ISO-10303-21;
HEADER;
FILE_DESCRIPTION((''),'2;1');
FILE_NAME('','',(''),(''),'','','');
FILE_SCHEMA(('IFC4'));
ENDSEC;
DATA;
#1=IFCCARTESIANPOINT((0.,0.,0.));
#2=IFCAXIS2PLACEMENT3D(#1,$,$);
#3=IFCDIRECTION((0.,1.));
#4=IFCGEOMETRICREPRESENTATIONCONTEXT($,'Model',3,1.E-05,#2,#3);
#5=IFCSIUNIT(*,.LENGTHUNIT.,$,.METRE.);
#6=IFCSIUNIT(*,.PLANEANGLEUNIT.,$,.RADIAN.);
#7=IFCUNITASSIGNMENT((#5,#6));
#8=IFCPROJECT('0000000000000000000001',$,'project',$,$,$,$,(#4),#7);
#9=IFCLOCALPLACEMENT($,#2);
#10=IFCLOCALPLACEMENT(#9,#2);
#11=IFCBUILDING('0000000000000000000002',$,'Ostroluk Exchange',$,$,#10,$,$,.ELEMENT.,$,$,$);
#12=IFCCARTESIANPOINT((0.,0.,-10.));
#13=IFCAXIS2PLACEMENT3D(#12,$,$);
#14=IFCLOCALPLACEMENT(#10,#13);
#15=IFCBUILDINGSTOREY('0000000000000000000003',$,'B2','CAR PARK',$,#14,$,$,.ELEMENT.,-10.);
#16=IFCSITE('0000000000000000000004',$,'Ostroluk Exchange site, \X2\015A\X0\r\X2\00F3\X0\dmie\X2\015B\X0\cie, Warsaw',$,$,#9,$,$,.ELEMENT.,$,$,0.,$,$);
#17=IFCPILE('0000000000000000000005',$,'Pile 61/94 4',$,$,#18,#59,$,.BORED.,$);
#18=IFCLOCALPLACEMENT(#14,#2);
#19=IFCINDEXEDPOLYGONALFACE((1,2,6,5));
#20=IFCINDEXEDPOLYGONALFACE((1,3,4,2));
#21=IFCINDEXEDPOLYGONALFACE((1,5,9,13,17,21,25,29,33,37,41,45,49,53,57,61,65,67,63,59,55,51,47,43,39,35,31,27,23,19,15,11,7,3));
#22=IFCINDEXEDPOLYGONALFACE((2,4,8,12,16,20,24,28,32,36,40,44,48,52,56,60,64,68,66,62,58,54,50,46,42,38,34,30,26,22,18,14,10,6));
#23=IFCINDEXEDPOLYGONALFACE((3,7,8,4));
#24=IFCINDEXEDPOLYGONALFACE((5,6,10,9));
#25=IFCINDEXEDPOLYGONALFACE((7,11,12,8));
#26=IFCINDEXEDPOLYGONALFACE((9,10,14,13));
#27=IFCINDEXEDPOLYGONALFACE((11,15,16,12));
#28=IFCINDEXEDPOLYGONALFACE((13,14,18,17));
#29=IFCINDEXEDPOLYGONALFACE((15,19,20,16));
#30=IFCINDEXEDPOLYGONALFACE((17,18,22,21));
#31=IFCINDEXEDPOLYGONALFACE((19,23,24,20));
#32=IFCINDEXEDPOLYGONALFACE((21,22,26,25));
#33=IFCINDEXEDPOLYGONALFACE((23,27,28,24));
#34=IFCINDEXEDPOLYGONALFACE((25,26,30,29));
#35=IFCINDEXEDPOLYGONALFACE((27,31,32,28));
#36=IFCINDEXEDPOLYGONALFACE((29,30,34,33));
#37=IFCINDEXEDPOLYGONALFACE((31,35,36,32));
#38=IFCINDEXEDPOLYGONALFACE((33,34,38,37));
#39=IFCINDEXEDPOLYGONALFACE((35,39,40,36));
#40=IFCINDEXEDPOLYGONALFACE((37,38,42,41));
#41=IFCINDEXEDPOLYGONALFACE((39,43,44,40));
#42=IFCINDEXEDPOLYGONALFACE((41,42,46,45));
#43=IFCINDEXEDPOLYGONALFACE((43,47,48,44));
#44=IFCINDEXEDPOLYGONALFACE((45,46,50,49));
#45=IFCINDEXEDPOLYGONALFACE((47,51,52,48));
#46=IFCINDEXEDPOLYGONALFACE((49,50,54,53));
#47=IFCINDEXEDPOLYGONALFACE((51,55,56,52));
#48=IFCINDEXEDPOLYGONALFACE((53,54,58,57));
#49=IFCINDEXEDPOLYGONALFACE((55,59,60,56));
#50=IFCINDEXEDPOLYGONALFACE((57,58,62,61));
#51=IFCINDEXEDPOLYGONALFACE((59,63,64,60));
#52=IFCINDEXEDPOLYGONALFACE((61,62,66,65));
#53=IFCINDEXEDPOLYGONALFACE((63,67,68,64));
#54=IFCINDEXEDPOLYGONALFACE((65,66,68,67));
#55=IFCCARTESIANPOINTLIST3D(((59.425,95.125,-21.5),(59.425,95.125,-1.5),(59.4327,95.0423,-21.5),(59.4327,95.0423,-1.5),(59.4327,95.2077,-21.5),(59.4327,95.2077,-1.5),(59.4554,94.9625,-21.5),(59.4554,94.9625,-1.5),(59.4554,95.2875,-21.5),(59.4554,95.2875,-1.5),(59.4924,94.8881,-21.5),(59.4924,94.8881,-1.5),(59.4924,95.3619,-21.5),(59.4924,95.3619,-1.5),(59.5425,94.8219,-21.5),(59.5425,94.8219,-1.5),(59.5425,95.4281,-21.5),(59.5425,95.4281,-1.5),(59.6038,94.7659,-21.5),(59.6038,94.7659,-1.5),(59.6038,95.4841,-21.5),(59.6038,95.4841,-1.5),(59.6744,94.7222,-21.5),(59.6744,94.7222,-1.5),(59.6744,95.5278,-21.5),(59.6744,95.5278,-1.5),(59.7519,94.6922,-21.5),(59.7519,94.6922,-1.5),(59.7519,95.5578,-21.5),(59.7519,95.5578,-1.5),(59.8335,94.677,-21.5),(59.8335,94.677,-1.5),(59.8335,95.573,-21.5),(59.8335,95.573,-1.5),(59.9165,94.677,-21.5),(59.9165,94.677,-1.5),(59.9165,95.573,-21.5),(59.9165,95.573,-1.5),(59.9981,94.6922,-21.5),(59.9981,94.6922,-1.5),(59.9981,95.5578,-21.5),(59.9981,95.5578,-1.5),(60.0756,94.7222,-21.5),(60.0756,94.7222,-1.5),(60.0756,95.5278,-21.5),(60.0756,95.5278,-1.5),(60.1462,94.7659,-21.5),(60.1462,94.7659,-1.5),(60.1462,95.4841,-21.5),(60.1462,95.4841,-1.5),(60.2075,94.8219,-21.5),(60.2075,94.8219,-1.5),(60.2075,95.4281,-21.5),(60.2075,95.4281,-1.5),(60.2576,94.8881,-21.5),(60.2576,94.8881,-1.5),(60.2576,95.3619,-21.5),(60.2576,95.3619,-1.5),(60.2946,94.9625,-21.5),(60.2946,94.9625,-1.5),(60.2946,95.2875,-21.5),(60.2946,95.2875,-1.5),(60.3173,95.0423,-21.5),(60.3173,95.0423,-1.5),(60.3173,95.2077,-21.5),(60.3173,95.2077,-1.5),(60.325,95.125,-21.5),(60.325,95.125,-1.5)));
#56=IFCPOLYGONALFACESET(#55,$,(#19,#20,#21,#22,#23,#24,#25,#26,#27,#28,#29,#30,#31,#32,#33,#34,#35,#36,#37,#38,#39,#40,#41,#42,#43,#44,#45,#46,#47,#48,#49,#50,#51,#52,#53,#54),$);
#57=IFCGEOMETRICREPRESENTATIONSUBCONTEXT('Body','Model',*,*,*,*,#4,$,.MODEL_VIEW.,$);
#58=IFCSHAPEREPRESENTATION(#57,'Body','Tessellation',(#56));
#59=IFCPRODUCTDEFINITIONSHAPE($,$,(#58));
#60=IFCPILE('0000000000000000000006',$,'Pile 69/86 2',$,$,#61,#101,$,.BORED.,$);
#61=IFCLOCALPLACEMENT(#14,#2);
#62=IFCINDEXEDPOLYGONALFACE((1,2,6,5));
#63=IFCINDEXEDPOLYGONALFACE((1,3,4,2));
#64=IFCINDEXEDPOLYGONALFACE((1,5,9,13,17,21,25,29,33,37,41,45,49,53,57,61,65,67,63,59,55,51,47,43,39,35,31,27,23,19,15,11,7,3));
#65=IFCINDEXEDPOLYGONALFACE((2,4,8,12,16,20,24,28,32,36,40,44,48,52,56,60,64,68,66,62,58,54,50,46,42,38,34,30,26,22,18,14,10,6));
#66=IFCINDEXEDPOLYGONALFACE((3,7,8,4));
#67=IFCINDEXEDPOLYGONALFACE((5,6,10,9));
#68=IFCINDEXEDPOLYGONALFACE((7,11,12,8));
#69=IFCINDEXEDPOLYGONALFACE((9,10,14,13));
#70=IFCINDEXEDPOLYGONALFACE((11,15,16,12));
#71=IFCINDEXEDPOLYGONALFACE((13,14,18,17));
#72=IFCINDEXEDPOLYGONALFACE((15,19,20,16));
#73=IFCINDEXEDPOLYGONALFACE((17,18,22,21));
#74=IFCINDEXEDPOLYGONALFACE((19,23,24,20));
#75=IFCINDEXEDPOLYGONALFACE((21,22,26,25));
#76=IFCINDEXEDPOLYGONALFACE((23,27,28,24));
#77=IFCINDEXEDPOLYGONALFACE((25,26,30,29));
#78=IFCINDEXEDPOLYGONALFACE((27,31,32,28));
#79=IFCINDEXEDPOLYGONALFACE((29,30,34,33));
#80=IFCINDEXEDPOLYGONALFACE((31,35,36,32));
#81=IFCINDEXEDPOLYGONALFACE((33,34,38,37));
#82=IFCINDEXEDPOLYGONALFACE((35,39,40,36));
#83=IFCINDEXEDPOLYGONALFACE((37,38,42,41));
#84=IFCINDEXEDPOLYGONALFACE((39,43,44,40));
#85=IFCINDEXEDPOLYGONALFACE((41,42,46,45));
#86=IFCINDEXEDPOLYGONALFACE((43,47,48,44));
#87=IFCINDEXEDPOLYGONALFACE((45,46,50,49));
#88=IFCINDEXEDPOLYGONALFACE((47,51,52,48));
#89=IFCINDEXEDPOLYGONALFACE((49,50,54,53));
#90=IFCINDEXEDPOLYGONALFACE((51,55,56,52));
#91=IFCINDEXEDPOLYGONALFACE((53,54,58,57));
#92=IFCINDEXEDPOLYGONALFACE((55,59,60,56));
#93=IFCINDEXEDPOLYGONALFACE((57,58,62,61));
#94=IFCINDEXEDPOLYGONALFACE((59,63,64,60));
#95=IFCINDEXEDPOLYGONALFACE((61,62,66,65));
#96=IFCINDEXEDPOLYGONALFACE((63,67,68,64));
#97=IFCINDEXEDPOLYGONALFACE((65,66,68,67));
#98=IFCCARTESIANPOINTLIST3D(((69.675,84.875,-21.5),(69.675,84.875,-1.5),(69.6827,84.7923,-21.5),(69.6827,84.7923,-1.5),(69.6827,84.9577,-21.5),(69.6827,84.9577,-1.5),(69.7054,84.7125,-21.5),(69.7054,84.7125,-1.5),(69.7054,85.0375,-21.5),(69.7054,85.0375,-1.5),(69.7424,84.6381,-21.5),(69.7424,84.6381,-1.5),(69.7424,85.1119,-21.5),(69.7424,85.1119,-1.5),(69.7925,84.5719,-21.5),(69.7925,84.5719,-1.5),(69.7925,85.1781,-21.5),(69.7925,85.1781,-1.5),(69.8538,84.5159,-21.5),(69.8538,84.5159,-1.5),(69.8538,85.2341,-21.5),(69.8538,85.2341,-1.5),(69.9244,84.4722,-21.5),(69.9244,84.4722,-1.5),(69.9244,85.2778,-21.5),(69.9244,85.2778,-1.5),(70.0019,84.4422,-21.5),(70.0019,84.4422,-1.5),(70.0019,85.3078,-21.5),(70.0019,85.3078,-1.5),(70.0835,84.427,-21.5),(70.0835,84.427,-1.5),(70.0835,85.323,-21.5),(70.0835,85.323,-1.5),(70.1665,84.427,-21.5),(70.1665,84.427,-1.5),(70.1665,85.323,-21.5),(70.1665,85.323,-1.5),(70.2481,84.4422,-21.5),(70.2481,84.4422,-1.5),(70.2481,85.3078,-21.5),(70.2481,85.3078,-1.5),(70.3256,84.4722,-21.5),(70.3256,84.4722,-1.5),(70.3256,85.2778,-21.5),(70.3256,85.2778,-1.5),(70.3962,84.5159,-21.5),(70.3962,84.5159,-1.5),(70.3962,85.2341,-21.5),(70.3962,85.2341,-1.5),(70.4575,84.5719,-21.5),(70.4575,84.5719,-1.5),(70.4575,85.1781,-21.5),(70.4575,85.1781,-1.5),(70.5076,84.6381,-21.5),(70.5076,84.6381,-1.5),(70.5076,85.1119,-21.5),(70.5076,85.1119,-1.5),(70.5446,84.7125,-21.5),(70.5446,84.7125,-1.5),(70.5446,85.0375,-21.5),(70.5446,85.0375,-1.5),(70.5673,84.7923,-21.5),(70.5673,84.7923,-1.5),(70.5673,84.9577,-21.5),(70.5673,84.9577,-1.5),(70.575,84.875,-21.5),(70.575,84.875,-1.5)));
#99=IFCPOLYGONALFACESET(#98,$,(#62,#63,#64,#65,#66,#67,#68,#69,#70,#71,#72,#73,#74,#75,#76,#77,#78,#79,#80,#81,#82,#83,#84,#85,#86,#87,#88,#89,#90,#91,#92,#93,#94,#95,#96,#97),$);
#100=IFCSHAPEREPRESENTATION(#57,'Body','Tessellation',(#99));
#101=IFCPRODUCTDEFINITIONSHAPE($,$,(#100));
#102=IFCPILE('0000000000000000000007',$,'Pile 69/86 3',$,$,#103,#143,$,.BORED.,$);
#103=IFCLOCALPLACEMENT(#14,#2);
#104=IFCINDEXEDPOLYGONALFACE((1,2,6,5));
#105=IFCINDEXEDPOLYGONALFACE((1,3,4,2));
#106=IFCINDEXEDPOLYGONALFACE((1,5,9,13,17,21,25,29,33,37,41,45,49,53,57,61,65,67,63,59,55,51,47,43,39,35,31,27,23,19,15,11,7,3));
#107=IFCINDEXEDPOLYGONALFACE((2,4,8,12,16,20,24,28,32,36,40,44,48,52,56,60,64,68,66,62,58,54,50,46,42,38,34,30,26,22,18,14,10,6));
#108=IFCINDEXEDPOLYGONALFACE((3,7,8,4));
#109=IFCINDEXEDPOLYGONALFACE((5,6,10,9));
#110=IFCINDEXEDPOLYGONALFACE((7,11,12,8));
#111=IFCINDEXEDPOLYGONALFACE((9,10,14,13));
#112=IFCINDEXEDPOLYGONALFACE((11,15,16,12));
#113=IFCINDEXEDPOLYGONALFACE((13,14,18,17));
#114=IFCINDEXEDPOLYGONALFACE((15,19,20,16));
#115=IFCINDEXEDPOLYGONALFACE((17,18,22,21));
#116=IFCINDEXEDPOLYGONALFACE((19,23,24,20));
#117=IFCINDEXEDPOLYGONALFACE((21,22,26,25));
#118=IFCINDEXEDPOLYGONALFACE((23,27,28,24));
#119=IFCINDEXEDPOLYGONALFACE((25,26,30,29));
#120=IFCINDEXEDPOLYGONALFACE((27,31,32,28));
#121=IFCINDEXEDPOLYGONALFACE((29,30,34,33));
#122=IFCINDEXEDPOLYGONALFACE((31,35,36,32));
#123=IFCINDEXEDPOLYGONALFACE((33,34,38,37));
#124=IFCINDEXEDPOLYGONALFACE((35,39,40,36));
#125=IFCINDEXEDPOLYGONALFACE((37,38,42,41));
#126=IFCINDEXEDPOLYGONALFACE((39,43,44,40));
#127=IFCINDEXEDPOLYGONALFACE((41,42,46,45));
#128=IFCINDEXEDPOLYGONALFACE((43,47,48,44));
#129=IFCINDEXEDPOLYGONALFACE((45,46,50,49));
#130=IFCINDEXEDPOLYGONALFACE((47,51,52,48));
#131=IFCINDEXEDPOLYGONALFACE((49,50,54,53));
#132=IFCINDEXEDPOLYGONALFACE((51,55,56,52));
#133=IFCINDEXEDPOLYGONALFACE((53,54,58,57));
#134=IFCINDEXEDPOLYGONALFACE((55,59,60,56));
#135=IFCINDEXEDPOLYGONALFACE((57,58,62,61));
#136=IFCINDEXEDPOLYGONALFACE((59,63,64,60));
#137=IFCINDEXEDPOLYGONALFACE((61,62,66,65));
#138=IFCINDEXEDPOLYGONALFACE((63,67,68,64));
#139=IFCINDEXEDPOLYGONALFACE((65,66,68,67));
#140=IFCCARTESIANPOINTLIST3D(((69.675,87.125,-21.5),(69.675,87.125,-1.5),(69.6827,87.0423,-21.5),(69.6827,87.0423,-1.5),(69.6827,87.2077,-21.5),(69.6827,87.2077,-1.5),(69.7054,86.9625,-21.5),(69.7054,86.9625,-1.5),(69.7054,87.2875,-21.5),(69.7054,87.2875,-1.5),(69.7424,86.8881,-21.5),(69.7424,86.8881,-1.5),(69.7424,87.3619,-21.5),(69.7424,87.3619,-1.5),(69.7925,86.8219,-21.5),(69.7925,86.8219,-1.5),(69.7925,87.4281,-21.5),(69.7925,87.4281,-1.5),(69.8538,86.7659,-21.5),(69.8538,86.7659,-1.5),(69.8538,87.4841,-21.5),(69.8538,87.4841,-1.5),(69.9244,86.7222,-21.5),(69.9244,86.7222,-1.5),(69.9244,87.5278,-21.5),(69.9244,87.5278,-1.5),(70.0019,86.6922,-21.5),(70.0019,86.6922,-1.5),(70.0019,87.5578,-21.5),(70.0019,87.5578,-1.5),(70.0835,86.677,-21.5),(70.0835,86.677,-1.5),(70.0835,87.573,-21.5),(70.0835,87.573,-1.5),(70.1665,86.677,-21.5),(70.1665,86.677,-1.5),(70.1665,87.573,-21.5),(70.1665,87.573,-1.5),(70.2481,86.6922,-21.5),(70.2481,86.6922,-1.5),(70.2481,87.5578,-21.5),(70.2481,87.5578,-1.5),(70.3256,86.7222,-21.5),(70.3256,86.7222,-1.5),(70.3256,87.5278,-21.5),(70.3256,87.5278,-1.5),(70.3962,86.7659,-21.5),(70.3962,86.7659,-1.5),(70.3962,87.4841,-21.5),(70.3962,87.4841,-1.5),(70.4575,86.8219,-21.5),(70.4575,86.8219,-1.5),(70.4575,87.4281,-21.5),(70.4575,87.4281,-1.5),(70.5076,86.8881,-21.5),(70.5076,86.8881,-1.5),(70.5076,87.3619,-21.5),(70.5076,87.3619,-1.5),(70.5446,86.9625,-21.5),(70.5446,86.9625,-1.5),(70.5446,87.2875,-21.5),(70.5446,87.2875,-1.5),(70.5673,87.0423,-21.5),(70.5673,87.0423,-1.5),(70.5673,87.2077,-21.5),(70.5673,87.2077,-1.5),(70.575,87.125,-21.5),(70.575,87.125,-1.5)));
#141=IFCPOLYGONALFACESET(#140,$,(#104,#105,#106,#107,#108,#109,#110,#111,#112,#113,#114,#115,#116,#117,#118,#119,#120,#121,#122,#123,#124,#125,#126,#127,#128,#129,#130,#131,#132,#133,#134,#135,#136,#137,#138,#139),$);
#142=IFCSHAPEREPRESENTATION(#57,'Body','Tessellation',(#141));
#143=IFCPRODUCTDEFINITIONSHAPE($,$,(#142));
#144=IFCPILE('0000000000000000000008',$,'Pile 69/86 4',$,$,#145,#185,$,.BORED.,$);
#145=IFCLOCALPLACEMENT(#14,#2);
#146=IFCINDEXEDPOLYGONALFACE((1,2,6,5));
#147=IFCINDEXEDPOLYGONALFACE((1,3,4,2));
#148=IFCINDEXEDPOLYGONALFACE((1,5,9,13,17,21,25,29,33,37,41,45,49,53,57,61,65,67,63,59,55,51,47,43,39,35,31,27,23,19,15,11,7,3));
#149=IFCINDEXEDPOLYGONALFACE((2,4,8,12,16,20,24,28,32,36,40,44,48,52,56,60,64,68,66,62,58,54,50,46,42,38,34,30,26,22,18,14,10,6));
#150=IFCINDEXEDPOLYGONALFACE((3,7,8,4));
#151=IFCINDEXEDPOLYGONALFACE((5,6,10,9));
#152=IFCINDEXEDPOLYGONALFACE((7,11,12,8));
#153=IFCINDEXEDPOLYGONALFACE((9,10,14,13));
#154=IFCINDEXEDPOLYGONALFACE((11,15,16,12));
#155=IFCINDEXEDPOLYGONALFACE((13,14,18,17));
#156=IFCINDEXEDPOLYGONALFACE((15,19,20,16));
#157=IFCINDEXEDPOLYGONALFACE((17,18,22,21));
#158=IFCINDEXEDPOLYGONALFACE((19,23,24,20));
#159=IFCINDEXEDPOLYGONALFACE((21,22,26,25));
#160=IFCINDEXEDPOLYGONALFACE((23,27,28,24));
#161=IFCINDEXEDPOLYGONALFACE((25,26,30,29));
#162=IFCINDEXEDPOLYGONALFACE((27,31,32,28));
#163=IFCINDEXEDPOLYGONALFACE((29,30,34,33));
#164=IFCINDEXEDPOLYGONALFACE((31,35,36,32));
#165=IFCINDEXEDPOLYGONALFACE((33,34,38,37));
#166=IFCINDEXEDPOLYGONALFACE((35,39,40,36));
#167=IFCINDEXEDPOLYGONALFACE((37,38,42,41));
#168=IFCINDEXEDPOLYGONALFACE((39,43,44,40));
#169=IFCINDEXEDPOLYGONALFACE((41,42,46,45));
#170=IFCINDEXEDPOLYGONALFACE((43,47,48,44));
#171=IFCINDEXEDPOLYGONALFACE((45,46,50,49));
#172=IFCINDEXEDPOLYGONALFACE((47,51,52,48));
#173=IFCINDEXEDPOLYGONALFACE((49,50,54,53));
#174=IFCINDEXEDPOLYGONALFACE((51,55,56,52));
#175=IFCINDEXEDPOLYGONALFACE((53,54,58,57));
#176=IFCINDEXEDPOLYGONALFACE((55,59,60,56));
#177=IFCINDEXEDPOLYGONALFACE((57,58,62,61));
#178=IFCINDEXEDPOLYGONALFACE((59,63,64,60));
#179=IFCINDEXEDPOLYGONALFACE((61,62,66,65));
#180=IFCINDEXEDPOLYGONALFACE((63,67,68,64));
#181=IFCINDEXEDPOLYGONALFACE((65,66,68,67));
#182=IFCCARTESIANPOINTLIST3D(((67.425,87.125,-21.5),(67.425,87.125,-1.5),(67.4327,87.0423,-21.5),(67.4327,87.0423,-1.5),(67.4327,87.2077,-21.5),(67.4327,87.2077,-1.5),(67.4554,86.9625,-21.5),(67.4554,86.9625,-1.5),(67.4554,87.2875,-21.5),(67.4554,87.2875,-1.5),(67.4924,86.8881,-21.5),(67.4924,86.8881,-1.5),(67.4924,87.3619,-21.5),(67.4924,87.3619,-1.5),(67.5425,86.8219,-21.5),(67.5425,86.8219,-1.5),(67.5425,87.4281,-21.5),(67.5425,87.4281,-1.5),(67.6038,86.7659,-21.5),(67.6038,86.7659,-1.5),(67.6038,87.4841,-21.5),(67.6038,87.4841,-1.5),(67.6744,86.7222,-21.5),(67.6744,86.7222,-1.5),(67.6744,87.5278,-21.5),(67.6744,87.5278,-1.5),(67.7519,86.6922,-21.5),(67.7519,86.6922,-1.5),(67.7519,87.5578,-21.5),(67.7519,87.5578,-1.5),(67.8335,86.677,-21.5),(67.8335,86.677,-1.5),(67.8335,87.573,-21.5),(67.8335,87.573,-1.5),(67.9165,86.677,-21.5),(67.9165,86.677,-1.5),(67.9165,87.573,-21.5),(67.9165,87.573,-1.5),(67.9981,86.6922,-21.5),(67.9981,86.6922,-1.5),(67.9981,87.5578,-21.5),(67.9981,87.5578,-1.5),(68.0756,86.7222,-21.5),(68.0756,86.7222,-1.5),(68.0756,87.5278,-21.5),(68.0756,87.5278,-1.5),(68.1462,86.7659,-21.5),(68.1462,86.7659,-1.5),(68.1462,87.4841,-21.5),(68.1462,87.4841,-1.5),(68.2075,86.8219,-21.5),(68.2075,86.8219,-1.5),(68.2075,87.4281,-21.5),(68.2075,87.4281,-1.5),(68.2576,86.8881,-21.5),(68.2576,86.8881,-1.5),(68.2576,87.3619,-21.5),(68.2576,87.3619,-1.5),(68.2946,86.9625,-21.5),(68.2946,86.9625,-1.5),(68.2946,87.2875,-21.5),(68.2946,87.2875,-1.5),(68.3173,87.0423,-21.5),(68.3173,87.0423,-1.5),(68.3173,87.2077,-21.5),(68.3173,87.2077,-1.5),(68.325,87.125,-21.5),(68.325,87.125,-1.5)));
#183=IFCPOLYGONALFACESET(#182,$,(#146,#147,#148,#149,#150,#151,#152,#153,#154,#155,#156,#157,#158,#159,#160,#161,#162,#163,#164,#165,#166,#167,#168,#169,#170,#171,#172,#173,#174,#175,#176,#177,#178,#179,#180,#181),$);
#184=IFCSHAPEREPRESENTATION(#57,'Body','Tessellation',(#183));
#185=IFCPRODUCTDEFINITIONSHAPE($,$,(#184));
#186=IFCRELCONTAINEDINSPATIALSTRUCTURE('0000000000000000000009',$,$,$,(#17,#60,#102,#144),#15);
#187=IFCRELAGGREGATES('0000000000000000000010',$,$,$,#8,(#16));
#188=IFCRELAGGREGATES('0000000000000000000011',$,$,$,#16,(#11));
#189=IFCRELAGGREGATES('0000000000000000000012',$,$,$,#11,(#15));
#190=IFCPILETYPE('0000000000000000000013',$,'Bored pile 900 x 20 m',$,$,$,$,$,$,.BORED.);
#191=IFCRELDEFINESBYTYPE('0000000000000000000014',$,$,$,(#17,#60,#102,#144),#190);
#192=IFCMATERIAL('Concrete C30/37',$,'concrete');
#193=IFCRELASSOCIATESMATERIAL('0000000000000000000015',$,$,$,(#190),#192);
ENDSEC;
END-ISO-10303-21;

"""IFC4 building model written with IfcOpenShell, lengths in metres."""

from ifc_helpers import new_model, si_unit, direction, frame, origin, origin_2d, place, context, subcontext, project, spatial, circle, extrude, material, type_object, element, save


model = new_model("IFC4")

# Units and contexts
model_context = context("Model", 3, precision=1e-05, world=origin(), true_north=direction((0.0, 1.0)))
body_context = subcontext(model_context, "Body", "Model", "MODEL_VIEW")
ifc_project = project(units=[si_unit("LENGTHUNIT", "METRE"), si_unit("PLANEANGLEUNIT", "RADIAN")], contexts=[model_context])

# Site, building, storey
site_placement = place(None, origin())
site = spatial("IfcSite", under=ifc_project, at=site_placement, Name="Ostroluk Exchange site, Śródmieście, Warsaw", CompositionType="ELEMENT", RefElevation=0.0)
building_placement = place(site_placement, origin())
building = spatial("IfcBuilding", under=site, at=building_placement, Name="Ostroluk Exchange", CompositionType="ELEMENT")
storey_placement = place(building_placement, frame((0.0, 0.0, -10.0)))
storey = spatial("IfcBuildingStorey", under=building, at=storey_placement, Name="B2", Description="CAR PARK", CompositionType="ELEMENT", Elevation=-10.0)

# Piles
ifc_material_1 = material(Name="Concrete C30/37", Category="concrete")
pile_type = type_object("IfcPileType", Name="Bored pile 900 x 20 m", PredefinedType="BORED", material=ifc_material_1)
for number, where, z_axis, x_axis, name in (
    (1, (59.875, 95.125, -1.5), (0.0, 0.0, -1.0), (1.0, 0.0, 0.0), "Pile 61/94 4"),
    (2, (70.125, 84.875, -1.5), (0.0, 0.0, -1.0), (1.0, 0.0, 0.0), "Pile 69/86 2"),
    (3, (70.125, 87.125, -1.5), (0.0, 0.0, -1.0), (1.0, 0.0, 0.0), "Pile 69/86 3"),
    (4, (67.875, 87.125, -1.5), (0.0, 0.0, -1.0), (1.0, 0.0, 0.0), "Pile 69/86 4"),
):
    element("IfcPile", number, at=place(storey_placement, frame(where, z_axis=z_axis, x_axis=x_axis)), inside=storey, type_object=pile_type, Name=name, PredefinedType="BORED", context=body_context, shape_type="SweptSolid", body=[
        extrude(circle(Radius=0.45, at=origin_2d()), origin(), (0.0, 0.0, 1.0), 20.0),
    ])

save(model, "model.ifc")
